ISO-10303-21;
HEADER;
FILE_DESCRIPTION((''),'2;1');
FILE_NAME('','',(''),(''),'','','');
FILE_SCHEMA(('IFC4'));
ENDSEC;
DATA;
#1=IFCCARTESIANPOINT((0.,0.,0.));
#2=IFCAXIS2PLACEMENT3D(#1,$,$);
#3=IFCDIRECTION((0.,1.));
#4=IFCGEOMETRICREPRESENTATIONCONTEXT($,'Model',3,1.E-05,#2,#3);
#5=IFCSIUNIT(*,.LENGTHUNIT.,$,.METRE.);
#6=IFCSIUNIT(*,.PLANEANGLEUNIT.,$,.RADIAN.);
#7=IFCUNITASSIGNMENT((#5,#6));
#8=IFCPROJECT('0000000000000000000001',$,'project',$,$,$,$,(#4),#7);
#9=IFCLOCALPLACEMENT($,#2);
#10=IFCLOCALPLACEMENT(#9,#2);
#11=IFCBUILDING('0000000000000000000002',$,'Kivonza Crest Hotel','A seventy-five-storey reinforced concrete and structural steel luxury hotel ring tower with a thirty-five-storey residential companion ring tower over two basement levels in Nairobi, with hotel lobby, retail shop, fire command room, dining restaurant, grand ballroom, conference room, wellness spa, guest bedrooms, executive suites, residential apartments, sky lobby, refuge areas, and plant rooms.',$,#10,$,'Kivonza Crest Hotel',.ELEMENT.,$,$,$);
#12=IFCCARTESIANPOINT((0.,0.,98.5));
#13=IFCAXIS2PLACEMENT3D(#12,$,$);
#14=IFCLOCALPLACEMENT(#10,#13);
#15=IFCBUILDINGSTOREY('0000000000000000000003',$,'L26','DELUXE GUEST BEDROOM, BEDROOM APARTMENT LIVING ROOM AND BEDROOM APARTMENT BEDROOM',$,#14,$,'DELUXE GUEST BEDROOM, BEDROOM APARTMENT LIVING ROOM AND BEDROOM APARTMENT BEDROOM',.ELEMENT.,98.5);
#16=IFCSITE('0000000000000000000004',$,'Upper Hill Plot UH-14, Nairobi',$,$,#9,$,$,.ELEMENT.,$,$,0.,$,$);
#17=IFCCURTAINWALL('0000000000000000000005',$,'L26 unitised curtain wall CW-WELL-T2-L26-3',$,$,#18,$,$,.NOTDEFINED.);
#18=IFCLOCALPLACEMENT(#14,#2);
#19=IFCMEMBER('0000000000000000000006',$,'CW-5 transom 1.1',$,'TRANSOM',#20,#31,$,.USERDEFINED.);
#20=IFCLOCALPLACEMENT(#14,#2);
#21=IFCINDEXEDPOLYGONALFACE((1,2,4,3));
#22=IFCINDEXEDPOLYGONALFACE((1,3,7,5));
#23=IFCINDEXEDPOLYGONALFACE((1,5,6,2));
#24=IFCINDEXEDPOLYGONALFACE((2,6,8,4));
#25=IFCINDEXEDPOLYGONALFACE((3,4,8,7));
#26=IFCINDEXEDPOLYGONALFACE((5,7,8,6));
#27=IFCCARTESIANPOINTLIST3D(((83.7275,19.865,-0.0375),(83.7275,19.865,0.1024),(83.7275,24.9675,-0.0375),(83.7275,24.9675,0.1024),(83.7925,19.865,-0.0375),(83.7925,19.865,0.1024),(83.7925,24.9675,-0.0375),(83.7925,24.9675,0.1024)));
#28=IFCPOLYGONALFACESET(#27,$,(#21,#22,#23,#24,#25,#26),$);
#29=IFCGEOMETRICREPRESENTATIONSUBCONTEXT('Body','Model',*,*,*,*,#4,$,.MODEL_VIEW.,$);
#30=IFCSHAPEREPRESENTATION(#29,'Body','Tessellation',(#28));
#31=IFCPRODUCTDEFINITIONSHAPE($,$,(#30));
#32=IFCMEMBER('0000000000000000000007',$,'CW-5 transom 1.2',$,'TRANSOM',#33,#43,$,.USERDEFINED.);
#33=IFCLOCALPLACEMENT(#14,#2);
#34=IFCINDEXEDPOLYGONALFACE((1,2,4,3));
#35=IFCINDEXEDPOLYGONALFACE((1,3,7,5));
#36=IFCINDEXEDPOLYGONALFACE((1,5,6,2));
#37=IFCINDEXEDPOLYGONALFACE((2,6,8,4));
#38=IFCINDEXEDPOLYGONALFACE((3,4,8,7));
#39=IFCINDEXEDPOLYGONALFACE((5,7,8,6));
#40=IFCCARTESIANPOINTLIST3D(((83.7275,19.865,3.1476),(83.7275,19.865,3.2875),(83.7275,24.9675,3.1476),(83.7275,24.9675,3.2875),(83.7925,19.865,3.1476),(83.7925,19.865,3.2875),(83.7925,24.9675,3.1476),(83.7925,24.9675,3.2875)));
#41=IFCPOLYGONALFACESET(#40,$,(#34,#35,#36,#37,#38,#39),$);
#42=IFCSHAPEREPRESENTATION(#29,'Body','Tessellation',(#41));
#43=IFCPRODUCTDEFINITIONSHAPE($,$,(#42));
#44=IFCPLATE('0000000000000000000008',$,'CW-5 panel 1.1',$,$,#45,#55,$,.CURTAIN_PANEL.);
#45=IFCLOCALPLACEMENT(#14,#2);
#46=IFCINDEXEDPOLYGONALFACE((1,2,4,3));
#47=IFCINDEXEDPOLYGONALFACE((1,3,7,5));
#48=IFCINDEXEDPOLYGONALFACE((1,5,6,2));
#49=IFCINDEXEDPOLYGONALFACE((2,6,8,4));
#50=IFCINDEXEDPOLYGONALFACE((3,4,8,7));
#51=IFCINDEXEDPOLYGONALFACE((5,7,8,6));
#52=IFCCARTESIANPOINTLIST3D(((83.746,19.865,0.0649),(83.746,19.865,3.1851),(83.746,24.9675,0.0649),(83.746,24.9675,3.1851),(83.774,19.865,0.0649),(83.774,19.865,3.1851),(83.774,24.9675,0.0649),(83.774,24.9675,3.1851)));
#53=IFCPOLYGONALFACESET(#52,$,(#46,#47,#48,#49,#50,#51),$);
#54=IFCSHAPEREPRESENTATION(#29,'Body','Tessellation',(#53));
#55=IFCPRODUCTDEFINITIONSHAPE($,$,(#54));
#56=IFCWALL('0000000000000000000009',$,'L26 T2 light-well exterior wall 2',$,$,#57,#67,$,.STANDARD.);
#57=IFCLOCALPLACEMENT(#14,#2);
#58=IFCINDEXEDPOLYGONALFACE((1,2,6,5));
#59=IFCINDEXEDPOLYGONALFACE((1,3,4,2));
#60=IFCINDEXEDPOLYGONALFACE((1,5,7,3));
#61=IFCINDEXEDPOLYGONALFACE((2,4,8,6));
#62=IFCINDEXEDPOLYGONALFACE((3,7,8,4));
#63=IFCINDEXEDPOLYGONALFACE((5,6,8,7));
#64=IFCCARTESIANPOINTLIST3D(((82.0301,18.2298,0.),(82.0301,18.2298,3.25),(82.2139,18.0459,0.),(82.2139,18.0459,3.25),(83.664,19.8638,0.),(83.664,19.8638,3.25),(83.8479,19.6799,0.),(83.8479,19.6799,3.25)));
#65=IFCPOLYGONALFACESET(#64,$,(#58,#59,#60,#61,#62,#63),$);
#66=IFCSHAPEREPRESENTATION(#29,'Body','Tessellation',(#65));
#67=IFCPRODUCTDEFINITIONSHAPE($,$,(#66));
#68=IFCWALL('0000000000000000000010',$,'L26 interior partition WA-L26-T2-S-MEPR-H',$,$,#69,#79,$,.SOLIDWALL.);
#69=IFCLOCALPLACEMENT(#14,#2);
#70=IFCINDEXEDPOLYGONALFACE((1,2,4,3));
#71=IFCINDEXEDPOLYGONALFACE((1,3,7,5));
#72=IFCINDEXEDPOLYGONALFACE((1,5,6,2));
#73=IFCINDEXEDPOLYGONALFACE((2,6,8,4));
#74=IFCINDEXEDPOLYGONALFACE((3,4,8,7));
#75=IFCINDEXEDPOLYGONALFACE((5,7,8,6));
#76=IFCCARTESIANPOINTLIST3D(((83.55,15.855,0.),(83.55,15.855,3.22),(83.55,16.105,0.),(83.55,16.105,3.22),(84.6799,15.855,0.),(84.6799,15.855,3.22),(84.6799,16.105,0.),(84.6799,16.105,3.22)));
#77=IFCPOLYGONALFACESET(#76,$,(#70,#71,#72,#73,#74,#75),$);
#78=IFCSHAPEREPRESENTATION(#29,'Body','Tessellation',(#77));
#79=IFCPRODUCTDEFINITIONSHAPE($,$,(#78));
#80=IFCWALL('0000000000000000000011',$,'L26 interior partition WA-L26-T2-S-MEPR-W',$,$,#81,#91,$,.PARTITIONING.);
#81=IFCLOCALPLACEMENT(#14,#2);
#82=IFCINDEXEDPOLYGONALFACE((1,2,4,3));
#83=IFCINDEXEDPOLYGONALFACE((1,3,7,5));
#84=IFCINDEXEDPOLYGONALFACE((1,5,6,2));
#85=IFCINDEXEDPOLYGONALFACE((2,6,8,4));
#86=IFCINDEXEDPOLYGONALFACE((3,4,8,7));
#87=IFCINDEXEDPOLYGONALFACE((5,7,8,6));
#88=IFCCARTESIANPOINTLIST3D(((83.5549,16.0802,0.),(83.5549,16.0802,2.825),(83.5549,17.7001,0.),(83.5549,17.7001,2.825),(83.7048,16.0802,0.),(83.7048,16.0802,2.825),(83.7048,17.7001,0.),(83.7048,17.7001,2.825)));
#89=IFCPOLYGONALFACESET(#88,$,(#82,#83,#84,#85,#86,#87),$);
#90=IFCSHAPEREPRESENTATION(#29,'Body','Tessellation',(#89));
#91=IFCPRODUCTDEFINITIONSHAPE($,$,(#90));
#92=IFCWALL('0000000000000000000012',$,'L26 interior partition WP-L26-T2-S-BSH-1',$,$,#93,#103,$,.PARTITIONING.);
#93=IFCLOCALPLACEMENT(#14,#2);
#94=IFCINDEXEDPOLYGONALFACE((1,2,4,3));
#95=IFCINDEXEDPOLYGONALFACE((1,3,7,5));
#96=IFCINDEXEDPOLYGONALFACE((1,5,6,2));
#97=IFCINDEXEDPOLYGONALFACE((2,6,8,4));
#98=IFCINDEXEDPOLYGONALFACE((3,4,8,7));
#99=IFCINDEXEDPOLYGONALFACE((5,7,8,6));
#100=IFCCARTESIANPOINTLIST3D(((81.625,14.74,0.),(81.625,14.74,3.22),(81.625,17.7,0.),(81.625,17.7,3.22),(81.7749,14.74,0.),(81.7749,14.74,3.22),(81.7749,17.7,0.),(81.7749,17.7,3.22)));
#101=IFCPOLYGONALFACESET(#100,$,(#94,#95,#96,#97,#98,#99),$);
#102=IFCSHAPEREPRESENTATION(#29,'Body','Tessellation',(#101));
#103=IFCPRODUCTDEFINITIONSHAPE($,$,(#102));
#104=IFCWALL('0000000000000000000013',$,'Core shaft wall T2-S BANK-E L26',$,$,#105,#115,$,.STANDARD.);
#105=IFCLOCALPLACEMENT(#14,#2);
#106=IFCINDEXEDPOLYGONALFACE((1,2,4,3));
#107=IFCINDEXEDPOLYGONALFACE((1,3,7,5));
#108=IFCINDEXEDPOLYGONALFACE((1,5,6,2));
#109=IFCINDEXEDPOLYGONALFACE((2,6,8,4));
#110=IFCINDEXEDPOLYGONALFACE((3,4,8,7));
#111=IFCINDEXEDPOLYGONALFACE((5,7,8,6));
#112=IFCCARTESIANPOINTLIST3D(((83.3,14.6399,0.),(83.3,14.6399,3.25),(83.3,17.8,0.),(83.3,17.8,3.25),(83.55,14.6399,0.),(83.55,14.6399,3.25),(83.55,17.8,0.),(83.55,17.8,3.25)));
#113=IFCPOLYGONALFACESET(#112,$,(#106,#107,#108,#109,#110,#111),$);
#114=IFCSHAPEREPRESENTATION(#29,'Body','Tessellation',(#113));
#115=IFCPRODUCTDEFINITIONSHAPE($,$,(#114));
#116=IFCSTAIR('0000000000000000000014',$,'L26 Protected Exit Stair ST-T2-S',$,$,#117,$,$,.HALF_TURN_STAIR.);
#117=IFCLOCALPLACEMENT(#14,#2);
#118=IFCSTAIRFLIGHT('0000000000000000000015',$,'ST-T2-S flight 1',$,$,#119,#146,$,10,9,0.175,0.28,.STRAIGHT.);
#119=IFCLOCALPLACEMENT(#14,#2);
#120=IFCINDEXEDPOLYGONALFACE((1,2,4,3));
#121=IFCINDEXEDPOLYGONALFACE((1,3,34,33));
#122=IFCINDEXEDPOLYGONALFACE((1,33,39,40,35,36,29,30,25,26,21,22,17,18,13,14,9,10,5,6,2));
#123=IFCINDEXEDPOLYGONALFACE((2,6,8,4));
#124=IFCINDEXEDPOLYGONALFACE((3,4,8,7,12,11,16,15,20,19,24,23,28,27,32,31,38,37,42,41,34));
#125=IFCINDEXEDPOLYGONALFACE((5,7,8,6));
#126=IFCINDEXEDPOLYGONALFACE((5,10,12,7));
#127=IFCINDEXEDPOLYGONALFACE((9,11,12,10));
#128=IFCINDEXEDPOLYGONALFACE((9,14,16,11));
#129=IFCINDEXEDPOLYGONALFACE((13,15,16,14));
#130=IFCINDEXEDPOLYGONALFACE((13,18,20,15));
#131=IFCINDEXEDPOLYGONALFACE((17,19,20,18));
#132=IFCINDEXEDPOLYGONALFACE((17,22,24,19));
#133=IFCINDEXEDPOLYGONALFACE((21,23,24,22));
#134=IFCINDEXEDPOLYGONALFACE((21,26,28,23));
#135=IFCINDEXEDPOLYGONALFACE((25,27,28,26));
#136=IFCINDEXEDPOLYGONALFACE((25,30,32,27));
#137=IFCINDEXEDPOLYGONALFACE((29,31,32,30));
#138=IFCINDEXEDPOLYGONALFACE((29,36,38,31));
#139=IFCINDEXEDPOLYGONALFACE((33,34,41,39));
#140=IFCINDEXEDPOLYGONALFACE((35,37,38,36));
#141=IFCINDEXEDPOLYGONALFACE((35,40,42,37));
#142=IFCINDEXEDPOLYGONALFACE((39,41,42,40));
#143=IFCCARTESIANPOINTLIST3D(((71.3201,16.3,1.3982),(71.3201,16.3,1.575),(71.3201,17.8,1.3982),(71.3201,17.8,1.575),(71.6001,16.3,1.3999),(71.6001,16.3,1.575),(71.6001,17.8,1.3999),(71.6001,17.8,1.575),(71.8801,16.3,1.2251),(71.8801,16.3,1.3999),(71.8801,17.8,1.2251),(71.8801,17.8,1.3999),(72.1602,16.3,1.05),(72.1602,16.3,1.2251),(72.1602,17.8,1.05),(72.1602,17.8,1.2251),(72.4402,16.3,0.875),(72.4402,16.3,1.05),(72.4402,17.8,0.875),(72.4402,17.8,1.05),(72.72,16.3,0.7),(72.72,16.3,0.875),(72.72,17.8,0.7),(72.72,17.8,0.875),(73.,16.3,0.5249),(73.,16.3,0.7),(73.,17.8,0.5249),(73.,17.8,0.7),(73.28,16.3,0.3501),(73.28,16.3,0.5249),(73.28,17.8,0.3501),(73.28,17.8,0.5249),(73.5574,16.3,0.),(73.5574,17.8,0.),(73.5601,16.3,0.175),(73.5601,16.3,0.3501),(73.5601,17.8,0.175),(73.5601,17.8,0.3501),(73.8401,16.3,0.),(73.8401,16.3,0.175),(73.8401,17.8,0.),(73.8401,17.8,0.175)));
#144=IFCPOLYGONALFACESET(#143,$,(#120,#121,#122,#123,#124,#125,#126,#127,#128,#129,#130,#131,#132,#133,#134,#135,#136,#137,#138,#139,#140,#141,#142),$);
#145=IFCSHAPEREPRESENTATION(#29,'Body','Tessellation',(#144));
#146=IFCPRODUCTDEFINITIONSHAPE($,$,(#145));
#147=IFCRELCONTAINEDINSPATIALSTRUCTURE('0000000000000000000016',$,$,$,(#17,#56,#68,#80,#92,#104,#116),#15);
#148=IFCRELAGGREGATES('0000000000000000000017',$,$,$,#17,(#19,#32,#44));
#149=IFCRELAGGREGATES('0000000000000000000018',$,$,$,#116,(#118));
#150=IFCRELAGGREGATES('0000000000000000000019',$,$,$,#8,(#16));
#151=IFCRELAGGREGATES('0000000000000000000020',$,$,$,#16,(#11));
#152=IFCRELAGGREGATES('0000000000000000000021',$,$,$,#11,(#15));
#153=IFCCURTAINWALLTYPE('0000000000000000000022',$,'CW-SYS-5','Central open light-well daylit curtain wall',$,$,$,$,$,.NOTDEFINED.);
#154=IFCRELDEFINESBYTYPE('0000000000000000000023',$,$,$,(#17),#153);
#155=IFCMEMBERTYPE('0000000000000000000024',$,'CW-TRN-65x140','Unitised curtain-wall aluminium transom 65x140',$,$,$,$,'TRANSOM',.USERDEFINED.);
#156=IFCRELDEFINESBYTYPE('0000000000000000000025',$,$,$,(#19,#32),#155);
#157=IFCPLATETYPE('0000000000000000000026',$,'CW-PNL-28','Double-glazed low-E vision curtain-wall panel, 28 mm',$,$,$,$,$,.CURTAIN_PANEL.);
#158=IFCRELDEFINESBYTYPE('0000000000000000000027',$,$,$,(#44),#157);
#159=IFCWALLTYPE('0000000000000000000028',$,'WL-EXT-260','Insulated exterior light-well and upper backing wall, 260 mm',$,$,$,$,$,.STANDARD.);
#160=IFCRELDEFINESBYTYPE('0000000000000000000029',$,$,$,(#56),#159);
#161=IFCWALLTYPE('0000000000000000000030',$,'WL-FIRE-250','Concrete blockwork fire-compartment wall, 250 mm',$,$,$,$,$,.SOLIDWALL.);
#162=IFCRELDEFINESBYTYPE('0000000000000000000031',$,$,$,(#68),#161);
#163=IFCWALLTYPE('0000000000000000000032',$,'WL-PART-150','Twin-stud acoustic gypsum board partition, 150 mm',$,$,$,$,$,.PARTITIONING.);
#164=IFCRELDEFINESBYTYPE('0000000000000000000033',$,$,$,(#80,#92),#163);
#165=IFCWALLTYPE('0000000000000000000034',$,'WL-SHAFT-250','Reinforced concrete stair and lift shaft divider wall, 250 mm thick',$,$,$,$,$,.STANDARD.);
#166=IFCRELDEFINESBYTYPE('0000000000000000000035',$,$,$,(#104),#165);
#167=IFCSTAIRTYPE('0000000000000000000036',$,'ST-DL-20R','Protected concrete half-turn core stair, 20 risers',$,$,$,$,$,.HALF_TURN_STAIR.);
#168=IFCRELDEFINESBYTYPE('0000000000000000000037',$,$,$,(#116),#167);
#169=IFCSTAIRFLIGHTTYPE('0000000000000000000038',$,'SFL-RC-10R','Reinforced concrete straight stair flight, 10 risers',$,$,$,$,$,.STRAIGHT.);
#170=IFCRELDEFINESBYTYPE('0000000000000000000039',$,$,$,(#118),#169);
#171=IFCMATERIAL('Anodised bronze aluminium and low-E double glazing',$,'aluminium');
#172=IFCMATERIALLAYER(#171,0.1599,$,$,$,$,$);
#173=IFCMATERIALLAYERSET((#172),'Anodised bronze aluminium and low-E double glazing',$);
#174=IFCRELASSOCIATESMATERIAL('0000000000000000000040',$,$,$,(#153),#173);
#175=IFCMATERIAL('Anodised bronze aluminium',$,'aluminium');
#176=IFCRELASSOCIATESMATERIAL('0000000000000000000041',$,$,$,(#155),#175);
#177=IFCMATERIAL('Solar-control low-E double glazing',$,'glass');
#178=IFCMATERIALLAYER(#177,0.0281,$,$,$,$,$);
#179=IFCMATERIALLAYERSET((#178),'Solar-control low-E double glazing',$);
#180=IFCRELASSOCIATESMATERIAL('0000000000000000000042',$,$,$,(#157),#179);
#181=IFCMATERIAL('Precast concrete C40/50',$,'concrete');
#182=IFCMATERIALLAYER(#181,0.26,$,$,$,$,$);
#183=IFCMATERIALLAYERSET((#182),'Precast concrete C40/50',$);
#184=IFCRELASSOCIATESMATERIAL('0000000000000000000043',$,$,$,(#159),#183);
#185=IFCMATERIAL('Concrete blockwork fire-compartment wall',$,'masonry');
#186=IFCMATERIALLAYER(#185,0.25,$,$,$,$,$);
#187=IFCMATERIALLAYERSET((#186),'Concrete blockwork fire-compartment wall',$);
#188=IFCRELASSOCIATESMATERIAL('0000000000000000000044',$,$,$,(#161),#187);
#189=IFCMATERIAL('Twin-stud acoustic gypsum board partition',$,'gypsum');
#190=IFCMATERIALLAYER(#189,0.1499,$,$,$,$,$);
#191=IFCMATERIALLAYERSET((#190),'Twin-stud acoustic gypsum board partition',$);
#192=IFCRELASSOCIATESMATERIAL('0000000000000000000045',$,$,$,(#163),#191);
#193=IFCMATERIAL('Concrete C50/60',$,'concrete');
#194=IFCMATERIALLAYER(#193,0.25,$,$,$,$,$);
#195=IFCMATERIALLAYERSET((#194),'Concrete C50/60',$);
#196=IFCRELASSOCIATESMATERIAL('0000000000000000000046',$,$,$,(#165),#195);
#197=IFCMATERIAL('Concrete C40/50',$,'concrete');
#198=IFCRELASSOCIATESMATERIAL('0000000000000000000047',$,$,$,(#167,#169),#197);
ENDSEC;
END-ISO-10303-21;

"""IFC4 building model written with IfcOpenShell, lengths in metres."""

from ifc_helpers import new_model, si_unit, direction, frame, frame_2d, origin, origin_2d, place, context, subcontext, project, spatial, polyline, rectangle, outline, extrude, material, layer, layer_set, material_profile, profile_set, type_object, element, aggregate, save


model = new_model("IFC4")

# Units and contexts
model_context = context("Model", 3, precision=1e-05, world=origin(), true_north=direction((0.0, 1.0)))
body_context = subcontext(model_context, "Body", "Model", "MODEL_VIEW")
ifc_project = project(units=[si_unit("LENGTHUNIT", "METRE"), si_unit("PLANEANGLEUNIT", "RADIAN")], contexts=[model_context])

# Site, building, storey
site_placement = place(None, origin())
site = spatial("IfcSite", under=ifc_project, at=site_placement, Name="Upper Hill Plot UH-14, Nairobi", CompositionType="ELEMENT", RefElevation=0.0)
building_placement = place(site_placement, origin())
building = spatial("IfcBuilding", under=site, at=building_placement, Name="Kivonza Crest Hotel", Description="A seventy-five-storey reinforced concrete and structural steel luxury hotel ring tower with a thirty-five-storey residential companion ring tower over two basement levels in Nairobi, with hotel lobby, retail shop, fire command room, dining restaurant, grand ballroom, conference room, wellness spa, guest bedrooms, executive suites, residential apartments, sky lobby, refuge areas, and plant rooms.", LongName="Kivonza Crest Hotel", CompositionType="ELEMENT")
storey_placement = place(building_placement, frame((0.0, 0.0, 98.5)))
storey = spatial("IfcBuildingStorey", under=building, at=storey_placement, Name="L26", Description="DELUXE GUEST BEDROOM, BEDROOM APARTMENT LIVING ROOM AND BEDROOM APARTMENT BEDROOM", LongName="DELUXE GUEST BEDROOM, BEDROOM APARTMENT LIVING ROOM AND BEDROOM APARTMENT BEDROOM", CompositionType="ELEMENT", Elevation=98.5)

# Shared definitions
ifc_material_1 = material(Name="Concrete C50/60", Category="concrete")

# Curtain wall, members, plate
ifc_material_2 = material(Name="Anodised bronze aluminium and low-E double glazing", Category="aluminium")
ifc_layer_1 = layer(ifc_material_2, 0.1599)
ifc_layer_set_1 = layer_set([ifc_layer_1], Name="Anodised bronze aluminium and low-E double glazing")
curtain_wall_type = type_object("IfcCurtainWallType", Name="CW-SYS-5", Description="Central open light-well daylit curtain wall", PredefinedType="NOTDEFINED", material=ifc_layer_set_1)
curtain_wall_placement = place(storey_placement, origin())
curtain_wall = element("IfcCurtainWall", 1, at=curtain_wall_placement, inside=storey, type_object=curtain_wall_type, Name="L26 unitised curtain wall CW-WELL-T2-L26-3", PredefinedType="NOTDEFINED")
ifc_material_3 = material(Name="Anodised bronze aluminium", Category="aluminium")
ifc_material_profile_1 = material_profile(ifc_material_3, rectangle(XDim=0.0649, YDim=0.1399, at=origin_2d()), Name="CW-T 65x140")
ifc_profile_set_1 = profile_set([ifc_material_profile_1], Name="Anodised bronze aluminium")
member_type_1 = type_object("IfcMemberType", Name="CW-TRN-65x140", Description="Unitised curtain-wall aluminium transom 65x140", ElementType="TRANSOM", PredefinedType="USERDEFINED", material=ifc_profile_set_1)
member_1_placement = place(storey_placement, frame((83.76, 19.865, 0.0325), z_axis=(0.0, 1.0, 0.0), x_axis=(-1.0, 0.0, 0.0)))
member_1 = element("IfcMember", 2, at=member_1_placement, type_object=member_type_1, Name="CW-5 transom 1.1", ObjectType="TRANSOM", PredefinedType="USERDEFINED", context=body_context, shape_type="SweptSolid", body=[
    extrude(rectangle(XDim=0.0649, YDim=0.1399, at=origin_2d()), origin(), (0.0, 0.0, 1.0), 5.1025),
])
member_2_placement = place(storey_placement, frame((83.76, 19.865, 3.2175), z_axis=(0.0, 1.0, 0.0), x_axis=(-1.0, 0.0, 0.0)))
member_2 = element("IfcMember", 3, at=member_2_placement, type_object=member_type_1, Name="CW-5 transom 1.2", ObjectType="TRANSOM", PredefinedType="USERDEFINED", context=body_context, shape_type="SweptSolid", body=[
    extrude(rectangle(XDim=0.0649, YDim=0.1399, at=origin_2d()), origin(), (0.0, 0.0, 1.0), 5.1025),
])
ifc_material_4 = material(Name="Solar-control low-E double glazing", Category="glass")
ifc_layer_2 = layer(ifc_material_4, 0.0281)
ifc_layer_set_2 = layer_set([ifc_layer_2], Name="Solar-control low-E double glazing")
plate_type = type_object("IfcPlateType", Name="CW-PNL-28", Description="Double-glazed low-E vision curtain-wall panel, 28 mm", PredefinedType="CURTAIN_PANEL", material=ifc_layer_set_2)
plate_placement = place(storey_placement, frame((83.76, 22.4163, 0.0649), z_axis=(0.0, 0.0, 1.0), x_axis=(0.0, 1.0, 0.0)))
plate = element("IfcPlate", 4, at=plate_placement, type_object=plate_type, Name="CW-5 panel 1.1", PredefinedType="CURTAIN_PANEL", context=body_context, shape_type="SweptSolid", body=[
    extrude(rectangle(XDim=5.1025, YDim=0.0281, at=origin_2d()), origin(), (0.0, 0.0, 1.0), 3.1201),
])
aggregate(curtain_wall, [member_1, member_2, plate])

# Walls
ifc_material_5 = material(Name="Precast concrete C40/50", Category="concrete")
ifc_layer_3 = layer(ifc_material_5, 0.26)
ifc_layer_set_3 = layer_set([ifc_layer_3], Name="Precast concrete C40/50")
wall_type_1 = type_object("IfcWallType", Name="WL-EXT-260", Description="Insulated exterior light-well and upper backing wall, 260 mm", PredefinedType="STANDARD", material=ifc_layer_set_3)
wall_1_placement = place(storey_placement, frame((82.1221, 18.1379, 0.0), z_axis=(0.0, 0.0, 1.0), x_axis=(0.707107, 0.707107, 0.0)))
element("IfcWall", 5, at=wall_1_placement, inside=storey, type_object=wall_type_1, Name="L26 T2 light-well exterior wall 2", PredefinedType="STANDARD", context=body_context, shape_type="SweptSolid", body=[
    extrude(rectangle(XDim=2.3108, YDim=0.26, at=frame_2d((1.1553, 0.0))), origin(), (0.0, 0.0, 1.0), 3.25),
])
ifc_material_6 = material(Name="Concrete blockwork fire-compartment wall", Category="masonry")
ifc_layer_4 = layer(ifc_material_6, 0.25)
ifc_layer_set_4 = layer_set([ifc_layer_4], Name="Concrete blockwork fire-compartment wall")
wall_type_2 = type_object("IfcWallType", Name="WL-FIRE-250", Description="Concrete blockwork fire-compartment wall, 250 mm", PredefinedType="SOLIDWALL", material=ifc_layer_set_4)
wall_2_placement = place(storey_placement, frame((83.55, 15.98, 0.0), z_axis=(0.0, 0.0, 1.0), x_axis=(1.0, 0.0, 0.0)))
element("IfcWall", 6, at=wall_2_placement, inside=storey, type_object=wall_type_2, Name="L26 interior partition WA-L26-T2-S-MEPR-H", PredefinedType="SOLIDWALL", context=body_context, shape_type="SweptSolid", body=[
    extrude(rectangle(XDim=1.1299, YDim=0.25, at=frame_2d((0.5649, 0.0))), origin(), (0.0, 0.0, 1.0), 3.22),
])
ifc_material_7 = material(Name="Twin-stud acoustic gypsum board partition", Category="gypsum")
ifc_layer_5 = layer(ifc_material_7, 0.1499)
ifc_layer_set_5 = layer_set([ifc_layer_5], Name="Twin-stud acoustic gypsum board partition")
wall_type_3 = type_object("IfcWallType", Name="WL-PART-150", Description="Twin-stud acoustic gypsum board partition, 150 mm", PredefinedType="PARTITIONING", material=ifc_layer_set_5)
wall_3_placement = place(storey_placement, frame((83.6299, 16.0801, 0.0), z_axis=(0.0, 0.0, 1.0), x_axis=(0.0, 1.0, 0.0)))
element("IfcWall", 7, at=wall_3_placement, inside=storey, type_object=wall_type_3, Name="L26 interior partition WA-L26-T2-S-MEPR-W", PredefinedType="PARTITIONING", context=body_context, shape_type="SweptSolid", body=[
    extrude(rectangle(XDim=1.6199, YDim=0.1499, at=frame_2d((0.8101, 0.0))), origin(), (0.0, 0.0, 1.0), 2.825),
])
wall_4_placement = place(storey_placement, frame((81.7, 14.74, 0.0), z_axis=(0.0, 0.0, 1.0), x_axis=(0.0, 1.0, 0.0)))
element("IfcWall", 8, at=wall_4_placement, inside=storey, type_object=wall_type_3, Name="L26 interior partition WP-L26-T2-S-BSH-1", PredefinedType="PARTITIONING", context=body_context, shape_type="SweptSolid", body=[
    extrude(rectangle(XDim=2.96, YDim=0.1499, at=frame_2d((1.48, 0.0))), origin(), (0.0, 0.0, 1.0), 3.22),
])
ifc_layer_6 = layer(ifc_material_1, 0.25)
ifc_layer_set_6 = layer_set([ifc_layer_6], Name="Concrete C50/60")
wall_type_4 = type_object("IfcWallType", Name="WL-SHAFT-250", Description="Reinforced concrete stair and lift shaft divider wall, 250 mm thick", PredefinedType="STANDARD", material=ifc_layer_set_6)
wall_5_placement = place(storey_placement, frame((83.425, 14.6399, 0.0), z_axis=(0.0, 0.0, 1.0), x_axis=(0.0, 1.0, 0.0)))
element("IfcWall", 9, at=wall_5_placement, inside=storey, type_object=wall_type_4, Name="Core shaft wall T2-S BANK-E L26", PredefinedType="STANDARD", context=body_context, shape_type="SweptSolid", body=[
    extrude(rectangle(XDim=3.1602, YDim=0.25, at=frame_2d((1.5801, 0.0))), origin(), (0.0, 0.0, 1.0), 3.25),
])

# Stair, stair flight
ifc_material_8 = material(Name="Concrete C40/50", Category="concrete")
stair_type = type_object("IfcStairType", Name="ST-DL-20R", Description="Protected concrete half-turn core stair, 20 risers", PredefinedType="HALF_TURN_STAIR", material=ifc_material_8)
stair_placement = place(storey_placement, origin())
stair = element("IfcStair", 10, at=stair_placement, inside=storey, type_object=stair_type, Name="L26 Protected Exit Stair ST-T2-S", PredefinedType="HALF_TURN_STAIR")
stair_flight_type = type_object("IfcStairFlightType", Name="SFL-RC-10R", Description="Reinforced concrete straight stair flight, 10 risers", PredefinedType="STRAIGHT", material=ifc_material_8)
stair_flight_placement = place(storey_placement, frame((73.8401, 17.05, 0.0), z_axis=(0.0, 0.0, 1.0), x_axis=(-1.0, 0.0, 0.0)))
stair_flight = element("IfcStairFlight", 11, at=stair_flight_placement, type_object=stair_flight_type, Name="ST-T2-S flight 1", NumberOfRisers=10, NumberOfTreads=9, PredefinedType="STRAIGHT", RiserHeight=0.175, TreadLength=0.28, context=body_context, shape_type="SweptSolid", body=[
    extrude(outline(polyline([(0.0, 0.0), (0.0, 0.175), (0.28, 0.175), (0.28, 0.3501), (0.5601, 0.3501), (0.5601, 0.5249), (0.8401, 0.5249), (0.8401, 0.7), (1.1201, 0.7), (1.1201, 0.875), (1.3999, 0.875), (1.3999, 1.05), (1.6799, 1.05), (1.6799, 1.2251), (1.96, 1.2251), (1.96, 1.3999), (2.24, 1.3999), (2.24, 1.575), (2.52, 1.575), (2.52, 1.75), (2.52, 1.3982), (0.2827, 0.0), (0.0, 0.0)])), frame((0.0, 0.75, 0.0), z_axis=(0.0, -1.0, 0.0), x_axis=(1.0, 0.0, 0.0)), (0.0, 0.0, 1.0), 1.5),
])
aggregate(stair, [stair_flight])

save(model, "model.ifc")
